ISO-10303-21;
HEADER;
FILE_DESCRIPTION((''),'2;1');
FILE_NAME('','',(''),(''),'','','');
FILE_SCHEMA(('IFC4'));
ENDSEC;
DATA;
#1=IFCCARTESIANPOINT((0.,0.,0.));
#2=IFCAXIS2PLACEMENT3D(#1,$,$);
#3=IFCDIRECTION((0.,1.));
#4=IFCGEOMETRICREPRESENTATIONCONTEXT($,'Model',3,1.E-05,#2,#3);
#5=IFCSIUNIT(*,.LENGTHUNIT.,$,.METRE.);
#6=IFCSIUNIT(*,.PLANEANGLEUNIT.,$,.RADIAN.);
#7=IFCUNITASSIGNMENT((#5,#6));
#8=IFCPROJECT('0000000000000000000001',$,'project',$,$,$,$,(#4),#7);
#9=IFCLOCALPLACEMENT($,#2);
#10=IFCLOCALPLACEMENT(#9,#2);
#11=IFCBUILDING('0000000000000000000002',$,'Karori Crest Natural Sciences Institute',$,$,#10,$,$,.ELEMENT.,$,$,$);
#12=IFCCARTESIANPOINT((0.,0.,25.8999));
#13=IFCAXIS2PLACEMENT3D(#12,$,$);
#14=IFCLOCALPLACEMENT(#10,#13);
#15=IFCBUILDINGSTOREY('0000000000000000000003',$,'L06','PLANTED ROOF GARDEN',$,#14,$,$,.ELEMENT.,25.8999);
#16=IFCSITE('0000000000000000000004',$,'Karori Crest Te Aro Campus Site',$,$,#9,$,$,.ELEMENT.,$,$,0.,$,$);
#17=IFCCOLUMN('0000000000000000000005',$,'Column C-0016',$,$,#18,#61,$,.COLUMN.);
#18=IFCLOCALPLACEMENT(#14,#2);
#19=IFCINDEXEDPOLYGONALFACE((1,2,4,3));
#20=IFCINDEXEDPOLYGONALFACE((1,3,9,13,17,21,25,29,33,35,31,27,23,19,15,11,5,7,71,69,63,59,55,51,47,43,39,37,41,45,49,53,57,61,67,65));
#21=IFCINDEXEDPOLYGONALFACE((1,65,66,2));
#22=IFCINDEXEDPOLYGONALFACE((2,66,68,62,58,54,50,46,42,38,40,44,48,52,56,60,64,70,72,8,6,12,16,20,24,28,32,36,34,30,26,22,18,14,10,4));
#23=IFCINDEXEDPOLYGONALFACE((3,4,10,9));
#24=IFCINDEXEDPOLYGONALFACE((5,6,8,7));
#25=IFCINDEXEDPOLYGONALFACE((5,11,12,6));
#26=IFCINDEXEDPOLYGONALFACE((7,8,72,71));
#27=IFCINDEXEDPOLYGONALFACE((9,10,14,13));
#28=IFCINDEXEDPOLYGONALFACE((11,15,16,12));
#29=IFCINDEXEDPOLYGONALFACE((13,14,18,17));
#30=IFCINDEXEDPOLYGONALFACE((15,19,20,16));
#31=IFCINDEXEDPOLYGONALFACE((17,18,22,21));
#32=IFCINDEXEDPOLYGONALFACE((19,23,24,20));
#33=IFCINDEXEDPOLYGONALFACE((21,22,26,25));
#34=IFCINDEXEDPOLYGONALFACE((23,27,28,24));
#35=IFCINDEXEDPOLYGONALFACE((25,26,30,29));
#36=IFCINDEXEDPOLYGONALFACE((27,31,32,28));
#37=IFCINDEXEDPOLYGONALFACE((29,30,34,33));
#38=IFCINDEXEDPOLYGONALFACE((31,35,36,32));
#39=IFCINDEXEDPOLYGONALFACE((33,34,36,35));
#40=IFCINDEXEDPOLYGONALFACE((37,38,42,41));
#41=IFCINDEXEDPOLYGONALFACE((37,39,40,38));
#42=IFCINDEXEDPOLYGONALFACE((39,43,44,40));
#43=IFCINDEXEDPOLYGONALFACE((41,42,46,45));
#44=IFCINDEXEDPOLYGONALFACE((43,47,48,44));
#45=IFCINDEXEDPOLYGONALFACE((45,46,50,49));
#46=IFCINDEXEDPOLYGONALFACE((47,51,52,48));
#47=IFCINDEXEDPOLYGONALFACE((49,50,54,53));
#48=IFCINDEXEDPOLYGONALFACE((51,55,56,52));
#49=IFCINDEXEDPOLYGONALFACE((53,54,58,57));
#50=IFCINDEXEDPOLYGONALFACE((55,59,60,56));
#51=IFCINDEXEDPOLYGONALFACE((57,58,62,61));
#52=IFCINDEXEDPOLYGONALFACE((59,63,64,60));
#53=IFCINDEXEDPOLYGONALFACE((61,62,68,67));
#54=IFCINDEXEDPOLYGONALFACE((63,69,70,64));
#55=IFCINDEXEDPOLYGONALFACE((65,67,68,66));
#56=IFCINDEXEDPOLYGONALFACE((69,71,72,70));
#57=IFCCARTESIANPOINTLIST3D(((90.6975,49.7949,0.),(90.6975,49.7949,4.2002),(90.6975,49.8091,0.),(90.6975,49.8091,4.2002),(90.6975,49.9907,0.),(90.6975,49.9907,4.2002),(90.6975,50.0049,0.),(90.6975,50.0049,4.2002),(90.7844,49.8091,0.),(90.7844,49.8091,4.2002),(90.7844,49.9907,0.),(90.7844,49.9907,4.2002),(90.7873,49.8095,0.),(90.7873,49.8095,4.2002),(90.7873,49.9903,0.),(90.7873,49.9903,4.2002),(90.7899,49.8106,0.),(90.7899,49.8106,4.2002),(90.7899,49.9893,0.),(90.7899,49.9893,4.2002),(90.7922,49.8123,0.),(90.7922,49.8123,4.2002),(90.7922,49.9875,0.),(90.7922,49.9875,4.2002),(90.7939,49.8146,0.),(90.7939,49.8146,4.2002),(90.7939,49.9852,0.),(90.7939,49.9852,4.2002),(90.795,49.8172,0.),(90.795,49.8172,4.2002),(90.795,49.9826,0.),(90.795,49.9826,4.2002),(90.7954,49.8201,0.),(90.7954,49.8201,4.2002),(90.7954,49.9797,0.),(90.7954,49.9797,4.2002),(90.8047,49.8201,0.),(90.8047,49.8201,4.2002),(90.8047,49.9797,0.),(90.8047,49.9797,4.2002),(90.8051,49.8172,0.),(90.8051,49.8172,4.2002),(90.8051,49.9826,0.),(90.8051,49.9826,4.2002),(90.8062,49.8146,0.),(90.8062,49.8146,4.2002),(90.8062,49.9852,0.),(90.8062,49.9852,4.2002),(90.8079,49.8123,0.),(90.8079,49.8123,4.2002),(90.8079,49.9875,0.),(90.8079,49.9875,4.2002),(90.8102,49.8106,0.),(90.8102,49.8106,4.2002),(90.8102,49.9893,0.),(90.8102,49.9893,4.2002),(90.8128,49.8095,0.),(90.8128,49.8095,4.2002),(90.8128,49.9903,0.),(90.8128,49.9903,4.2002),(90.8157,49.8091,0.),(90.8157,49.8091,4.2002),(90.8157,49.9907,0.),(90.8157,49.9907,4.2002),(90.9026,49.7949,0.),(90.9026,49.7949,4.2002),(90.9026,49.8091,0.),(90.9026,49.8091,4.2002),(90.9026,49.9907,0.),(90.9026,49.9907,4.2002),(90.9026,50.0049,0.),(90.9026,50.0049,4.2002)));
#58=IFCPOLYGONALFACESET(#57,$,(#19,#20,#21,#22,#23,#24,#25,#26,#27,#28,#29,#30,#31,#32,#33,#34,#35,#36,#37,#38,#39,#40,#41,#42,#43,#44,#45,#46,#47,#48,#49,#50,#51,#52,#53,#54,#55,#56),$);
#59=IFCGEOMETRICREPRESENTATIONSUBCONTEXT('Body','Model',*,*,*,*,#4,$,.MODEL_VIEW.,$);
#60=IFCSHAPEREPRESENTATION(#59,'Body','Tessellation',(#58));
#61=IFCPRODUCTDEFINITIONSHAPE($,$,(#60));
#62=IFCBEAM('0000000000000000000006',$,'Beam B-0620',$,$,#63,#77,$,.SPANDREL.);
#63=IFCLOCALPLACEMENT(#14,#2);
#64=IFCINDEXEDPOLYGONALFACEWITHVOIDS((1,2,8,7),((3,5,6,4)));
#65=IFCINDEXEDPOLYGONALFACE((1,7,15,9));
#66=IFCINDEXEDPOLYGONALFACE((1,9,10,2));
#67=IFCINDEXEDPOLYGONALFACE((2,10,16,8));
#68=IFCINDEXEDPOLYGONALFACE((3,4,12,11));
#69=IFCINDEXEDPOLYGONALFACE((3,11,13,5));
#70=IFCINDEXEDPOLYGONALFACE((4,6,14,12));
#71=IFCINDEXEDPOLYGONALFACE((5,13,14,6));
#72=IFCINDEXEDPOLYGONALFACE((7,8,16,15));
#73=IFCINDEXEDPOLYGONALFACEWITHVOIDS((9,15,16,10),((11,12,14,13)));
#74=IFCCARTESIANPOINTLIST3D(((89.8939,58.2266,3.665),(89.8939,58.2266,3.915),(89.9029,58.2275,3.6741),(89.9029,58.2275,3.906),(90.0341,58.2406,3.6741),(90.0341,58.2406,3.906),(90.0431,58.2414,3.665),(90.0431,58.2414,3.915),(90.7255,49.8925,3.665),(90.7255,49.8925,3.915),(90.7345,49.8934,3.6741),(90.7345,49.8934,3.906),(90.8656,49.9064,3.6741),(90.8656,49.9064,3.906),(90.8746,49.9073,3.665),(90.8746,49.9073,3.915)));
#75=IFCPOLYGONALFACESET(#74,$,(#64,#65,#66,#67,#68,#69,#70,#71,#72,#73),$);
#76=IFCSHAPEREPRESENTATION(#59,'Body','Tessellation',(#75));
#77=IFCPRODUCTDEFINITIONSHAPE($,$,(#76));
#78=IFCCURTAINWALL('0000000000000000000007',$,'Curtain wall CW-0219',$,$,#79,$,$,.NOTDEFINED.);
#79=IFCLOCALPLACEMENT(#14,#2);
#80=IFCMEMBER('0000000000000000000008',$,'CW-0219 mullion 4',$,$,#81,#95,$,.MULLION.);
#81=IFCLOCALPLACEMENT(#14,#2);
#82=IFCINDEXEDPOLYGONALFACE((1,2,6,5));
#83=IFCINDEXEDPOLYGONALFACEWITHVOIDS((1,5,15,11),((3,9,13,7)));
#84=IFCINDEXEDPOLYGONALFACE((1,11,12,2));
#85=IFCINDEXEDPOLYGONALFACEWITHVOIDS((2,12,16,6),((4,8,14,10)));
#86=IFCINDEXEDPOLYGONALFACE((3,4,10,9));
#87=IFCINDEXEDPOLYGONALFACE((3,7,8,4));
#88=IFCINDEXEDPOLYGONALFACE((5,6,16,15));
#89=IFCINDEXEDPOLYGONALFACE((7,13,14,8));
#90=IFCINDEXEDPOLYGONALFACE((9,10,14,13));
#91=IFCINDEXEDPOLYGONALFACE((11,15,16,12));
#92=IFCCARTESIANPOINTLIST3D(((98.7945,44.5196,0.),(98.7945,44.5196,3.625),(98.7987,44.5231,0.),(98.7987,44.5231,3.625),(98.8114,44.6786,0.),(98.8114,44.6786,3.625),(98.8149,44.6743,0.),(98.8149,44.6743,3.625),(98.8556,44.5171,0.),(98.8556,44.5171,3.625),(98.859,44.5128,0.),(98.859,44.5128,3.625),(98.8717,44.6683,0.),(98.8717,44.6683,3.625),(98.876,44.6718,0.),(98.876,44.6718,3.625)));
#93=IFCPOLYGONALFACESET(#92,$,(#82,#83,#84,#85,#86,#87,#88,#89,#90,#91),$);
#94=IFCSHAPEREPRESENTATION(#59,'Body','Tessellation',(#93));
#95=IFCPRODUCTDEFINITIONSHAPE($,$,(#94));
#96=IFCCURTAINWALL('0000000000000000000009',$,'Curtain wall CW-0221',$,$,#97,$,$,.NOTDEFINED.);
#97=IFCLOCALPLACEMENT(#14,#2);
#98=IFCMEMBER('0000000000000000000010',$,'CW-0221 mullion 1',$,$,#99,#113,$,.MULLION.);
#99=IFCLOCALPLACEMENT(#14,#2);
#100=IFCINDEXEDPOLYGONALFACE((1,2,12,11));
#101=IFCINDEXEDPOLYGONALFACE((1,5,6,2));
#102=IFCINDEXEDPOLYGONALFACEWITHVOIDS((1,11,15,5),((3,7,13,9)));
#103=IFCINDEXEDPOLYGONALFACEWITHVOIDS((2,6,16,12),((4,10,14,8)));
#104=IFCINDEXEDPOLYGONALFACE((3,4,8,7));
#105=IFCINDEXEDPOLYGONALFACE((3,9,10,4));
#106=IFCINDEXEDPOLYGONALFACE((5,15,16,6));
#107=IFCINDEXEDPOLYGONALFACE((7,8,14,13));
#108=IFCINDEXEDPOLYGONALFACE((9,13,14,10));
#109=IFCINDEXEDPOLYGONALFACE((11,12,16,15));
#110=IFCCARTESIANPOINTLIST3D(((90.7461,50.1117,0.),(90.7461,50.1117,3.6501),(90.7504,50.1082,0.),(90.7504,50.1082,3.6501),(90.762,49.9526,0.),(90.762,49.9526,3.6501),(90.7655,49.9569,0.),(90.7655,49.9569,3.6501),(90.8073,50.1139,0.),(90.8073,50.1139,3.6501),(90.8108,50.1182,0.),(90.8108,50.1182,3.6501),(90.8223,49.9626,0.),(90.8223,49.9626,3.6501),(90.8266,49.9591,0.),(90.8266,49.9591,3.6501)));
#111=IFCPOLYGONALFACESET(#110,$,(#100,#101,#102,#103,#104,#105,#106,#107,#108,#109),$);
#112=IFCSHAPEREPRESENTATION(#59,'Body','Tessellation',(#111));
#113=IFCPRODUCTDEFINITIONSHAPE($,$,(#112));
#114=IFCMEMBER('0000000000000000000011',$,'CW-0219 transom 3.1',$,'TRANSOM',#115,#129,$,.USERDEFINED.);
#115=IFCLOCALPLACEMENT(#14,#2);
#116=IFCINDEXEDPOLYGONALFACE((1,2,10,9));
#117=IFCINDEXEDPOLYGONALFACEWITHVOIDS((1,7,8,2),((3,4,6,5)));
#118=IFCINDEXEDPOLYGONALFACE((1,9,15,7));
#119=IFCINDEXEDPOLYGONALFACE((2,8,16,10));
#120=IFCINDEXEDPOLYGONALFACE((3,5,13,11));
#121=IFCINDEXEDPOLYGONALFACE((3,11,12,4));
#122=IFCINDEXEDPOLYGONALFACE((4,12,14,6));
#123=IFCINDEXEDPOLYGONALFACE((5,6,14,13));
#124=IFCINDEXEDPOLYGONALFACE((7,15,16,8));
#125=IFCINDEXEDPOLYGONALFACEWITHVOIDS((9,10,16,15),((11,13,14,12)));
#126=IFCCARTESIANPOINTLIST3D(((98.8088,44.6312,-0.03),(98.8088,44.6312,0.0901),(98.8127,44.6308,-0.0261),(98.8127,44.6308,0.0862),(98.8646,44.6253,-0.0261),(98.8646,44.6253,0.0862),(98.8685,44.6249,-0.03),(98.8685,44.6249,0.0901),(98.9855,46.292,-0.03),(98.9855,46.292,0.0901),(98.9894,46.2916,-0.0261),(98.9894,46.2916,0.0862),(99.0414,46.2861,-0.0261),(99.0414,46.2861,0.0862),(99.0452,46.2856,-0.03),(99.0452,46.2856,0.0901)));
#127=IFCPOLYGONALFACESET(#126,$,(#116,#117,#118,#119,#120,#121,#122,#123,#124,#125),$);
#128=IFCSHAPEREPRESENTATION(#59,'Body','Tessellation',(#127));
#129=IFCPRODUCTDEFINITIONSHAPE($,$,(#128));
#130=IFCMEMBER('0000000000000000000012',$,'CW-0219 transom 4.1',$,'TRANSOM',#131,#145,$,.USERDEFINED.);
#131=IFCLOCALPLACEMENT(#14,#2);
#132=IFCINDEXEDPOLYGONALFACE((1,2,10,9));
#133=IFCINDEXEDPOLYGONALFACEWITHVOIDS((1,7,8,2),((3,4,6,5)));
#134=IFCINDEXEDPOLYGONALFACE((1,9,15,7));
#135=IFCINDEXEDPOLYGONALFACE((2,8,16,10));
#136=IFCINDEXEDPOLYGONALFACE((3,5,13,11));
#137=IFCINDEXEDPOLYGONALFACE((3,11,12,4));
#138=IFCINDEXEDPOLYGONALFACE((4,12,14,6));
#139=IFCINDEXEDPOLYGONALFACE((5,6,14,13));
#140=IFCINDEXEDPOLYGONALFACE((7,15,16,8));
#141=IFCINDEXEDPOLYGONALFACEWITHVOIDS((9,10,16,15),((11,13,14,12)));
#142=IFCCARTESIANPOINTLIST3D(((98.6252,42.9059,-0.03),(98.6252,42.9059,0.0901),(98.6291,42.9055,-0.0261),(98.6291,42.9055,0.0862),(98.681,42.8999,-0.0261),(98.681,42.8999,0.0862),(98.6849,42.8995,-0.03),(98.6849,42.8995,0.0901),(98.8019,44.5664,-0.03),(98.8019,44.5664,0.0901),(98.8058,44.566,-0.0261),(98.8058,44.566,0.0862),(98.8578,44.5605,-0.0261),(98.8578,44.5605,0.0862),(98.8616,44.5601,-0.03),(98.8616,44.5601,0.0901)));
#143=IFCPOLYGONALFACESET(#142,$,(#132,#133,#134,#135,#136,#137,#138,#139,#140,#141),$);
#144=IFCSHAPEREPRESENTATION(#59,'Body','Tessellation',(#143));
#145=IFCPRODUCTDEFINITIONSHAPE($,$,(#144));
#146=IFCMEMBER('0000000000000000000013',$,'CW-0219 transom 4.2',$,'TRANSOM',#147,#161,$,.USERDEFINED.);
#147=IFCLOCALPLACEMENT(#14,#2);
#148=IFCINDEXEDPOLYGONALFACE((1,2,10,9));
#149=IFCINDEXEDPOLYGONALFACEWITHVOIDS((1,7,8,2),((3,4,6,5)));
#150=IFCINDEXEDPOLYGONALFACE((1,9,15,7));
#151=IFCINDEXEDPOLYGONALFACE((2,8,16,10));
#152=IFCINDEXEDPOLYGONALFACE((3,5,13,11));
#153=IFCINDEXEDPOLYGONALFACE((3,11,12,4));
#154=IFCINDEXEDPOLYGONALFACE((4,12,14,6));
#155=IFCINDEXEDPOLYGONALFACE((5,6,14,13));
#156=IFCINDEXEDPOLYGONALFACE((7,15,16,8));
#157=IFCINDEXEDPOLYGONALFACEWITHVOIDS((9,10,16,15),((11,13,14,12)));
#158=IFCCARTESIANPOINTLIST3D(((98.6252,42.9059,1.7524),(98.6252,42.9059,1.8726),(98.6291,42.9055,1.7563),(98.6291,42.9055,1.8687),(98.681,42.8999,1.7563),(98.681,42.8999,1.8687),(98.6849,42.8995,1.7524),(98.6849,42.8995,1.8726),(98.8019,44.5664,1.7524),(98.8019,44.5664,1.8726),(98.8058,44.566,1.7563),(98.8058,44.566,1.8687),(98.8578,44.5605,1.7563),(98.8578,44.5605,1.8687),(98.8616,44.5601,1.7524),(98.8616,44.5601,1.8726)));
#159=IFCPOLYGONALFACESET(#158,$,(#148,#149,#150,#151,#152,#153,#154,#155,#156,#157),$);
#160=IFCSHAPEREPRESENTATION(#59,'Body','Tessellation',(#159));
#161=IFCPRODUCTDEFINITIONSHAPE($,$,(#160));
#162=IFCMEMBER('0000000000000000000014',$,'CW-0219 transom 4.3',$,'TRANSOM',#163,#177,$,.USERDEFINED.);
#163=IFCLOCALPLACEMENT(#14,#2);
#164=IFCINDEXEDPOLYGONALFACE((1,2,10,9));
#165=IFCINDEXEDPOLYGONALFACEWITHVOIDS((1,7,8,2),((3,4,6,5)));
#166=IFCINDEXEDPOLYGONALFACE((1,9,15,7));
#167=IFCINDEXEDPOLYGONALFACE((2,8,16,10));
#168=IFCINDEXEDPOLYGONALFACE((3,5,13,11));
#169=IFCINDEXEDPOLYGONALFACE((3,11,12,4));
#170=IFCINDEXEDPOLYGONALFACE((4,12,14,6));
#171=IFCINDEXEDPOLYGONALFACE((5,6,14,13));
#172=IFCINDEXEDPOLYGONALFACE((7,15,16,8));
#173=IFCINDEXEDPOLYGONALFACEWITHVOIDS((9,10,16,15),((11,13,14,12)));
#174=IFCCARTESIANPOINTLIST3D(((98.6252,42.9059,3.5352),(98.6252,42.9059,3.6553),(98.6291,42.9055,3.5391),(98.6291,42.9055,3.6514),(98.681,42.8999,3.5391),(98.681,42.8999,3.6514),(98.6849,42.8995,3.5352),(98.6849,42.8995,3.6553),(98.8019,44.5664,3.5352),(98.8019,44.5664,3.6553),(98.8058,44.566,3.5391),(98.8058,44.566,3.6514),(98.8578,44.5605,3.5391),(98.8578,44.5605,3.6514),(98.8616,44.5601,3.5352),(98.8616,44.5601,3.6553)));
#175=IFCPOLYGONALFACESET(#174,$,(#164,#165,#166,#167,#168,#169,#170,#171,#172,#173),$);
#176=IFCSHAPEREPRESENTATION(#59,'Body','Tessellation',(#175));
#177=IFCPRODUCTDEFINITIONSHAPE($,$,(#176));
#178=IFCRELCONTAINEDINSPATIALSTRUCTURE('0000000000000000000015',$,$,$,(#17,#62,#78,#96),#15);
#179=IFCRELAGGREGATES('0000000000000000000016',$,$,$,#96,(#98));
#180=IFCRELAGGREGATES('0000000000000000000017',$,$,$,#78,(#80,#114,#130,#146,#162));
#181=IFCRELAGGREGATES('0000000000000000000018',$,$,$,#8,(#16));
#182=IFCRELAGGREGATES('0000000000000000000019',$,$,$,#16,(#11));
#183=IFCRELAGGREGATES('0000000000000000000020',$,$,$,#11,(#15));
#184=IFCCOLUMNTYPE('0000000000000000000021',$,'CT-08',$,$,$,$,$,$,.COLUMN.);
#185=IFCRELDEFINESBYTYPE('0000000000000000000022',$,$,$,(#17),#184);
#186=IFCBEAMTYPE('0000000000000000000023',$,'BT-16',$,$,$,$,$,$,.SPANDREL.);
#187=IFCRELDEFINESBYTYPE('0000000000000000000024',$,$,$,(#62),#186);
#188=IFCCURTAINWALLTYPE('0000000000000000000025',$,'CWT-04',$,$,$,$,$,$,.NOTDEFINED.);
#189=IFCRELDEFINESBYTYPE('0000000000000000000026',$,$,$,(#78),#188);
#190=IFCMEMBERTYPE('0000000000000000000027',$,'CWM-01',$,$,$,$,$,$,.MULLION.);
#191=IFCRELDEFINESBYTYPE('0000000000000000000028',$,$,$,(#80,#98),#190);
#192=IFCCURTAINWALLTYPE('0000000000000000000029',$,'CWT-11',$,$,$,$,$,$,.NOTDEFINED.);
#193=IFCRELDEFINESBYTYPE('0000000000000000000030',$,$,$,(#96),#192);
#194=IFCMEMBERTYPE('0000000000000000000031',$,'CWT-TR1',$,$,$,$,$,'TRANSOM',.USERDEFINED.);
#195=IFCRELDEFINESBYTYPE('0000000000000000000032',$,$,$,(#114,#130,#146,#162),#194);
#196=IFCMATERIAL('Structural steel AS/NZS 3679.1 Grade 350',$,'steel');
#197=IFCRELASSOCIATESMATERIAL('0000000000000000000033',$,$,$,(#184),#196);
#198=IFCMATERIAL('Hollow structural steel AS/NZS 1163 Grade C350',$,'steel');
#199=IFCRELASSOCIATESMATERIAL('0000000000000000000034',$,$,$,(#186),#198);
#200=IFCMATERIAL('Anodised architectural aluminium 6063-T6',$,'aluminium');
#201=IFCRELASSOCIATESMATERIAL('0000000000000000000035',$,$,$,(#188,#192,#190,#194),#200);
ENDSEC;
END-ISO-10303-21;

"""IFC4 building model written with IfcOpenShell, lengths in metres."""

from ifc_helpers import new_model, si_unit, direction, frame, origin, origin_2d, place, context, subcontext, project, spatial, hollow_rectangle, i_section, extrude, material, material_profile, profile_set, type_object, element, aggregate, save


model = new_model("IFC4")

# Units and contexts
model_context = context("Model", 3, precision=1e-05, world=origin(), true_north=direction((0.0, 1.0)))
body_context = subcontext(model_context, "Body", "Model", "MODEL_VIEW")
ifc_project = project(units=[si_unit("LENGTHUNIT", "METRE"), si_unit("PLANEANGLEUNIT", "RADIAN")], contexts=[model_context])

# Site, building, storey
site_placement = place(None, origin())
site = spatial("IfcSite", under=ifc_project, at=site_placement, Name="Karori Crest Te Aro Campus Site", CompositionType="ELEMENT", RefElevation=0.0)
building_placement = place(site_placement, origin())
building = spatial("IfcBuilding", under=site, at=building_placement, Name="Karori Crest Natural Sciences Institute", CompositionType="ELEMENT")
storey_placement = place(building_placement, frame((0.0, 0.0, 25.8999)))
storey = spatial("IfcBuildingStorey", under=building, at=storey_placement, Name="L06", Description="PLANTED ROOF GARDEN", CompositionType="ELEMENT", Elevation=25.8999)

# Column
ifc_material_1 = material(Name="Structural steel AS/NZS 3679.1 Grade 350", Category="steel")
ifc_material_profile_1 = material_profile(ifc_material_1, i_section(OverallWidth=0.2051, OverallDepth=0.21, WebThickness=0.0093, FlangeThickness=0.0142, FilletRadius=0.011, at=origin_2d()), Name="200UC59.5")
ifc_profile_set_1 = profile_set([ifc_material_profile_1], Name="Structural steel AS/NZS 3679.1 Grade 350")
column_type = type_object("IfcColumnType", Name="CT-08", PredefinedType="COLUMN", material=ifc_profile_set_1)
column_placement = place(storey_placement, frame((90.8, 49.8999, 0.0), z_axis=(0.0, 0.0, 1.0), x_axis=(1.0, 0.0, 0.0)))
element("IfcColumn", 1, at=column_placement, inside=storey, type_object=column_type, Name="Column C-0016", PredefinedType="COLUMN", context=body_context, shape_type="SweptSolid", body=[
    extrude(i_section(OverallWidth=0.2051, OverallDepth=0.21, WebThickness=0.0093, FlangeThickness=0.0142, FilletRadius=0.011, at=origin_2d()), origin(), (0.0, 0.0, 1.0), 4.2002),
])

# Beam
ifc_material_2 = material(Name="Hollow structural steel AS/NZS 1163 Grade C350", Category="steel")
ifc_material_profile_2 = material_profile(ifc_material_2, hollow_rectangle(XDim=0.1499, YDim=0.25, WallThickness=0.009, at=origin_2d()), Name="RHS250x150x9")
ifc_profile_set_2 = profile_set([ifc_material_profile_2], Name="Hollow structural steel AS/NZS 1163 Grade C350")
beam_type = type_object("IfcBeamType", Name="BT-16", PredefinedType="SPANDREL", material=ifc_profile_set_2)
beam_placement = place(storey_placement, frame((90.8, 49.8999, 3.79), z_axis=(-0.099284, 0.995059, 0.0), x_axis=(-0.995059, -0.099284, 0.0)))
element("IfcBeam", 2, at=beam_placement, inside=storey, type_object=beam_type, Name="Beam B-0620", PredefinedType="SPANDREL", context=body_context, shape_type="SweptSolid", body=[
    extrude(hollow_rectangle(XDim=0.1499, YDim=0.25, WallThickness=0.009, at=origin_2d()), origin(), (0.0, 0.0, 1.0), 8.3755),
])

# Curtain walls, members
ifc_material_3 = material(Name="Anodised architectural aluminium 6063-T6", Category="aluminium")
curtain_wall_type_1 = type_object("IfcCurtainWallType", Name="CWT-04", PredefinedType="NOTDEFINED", material=ifc_material_3)
curtain_wall_1_placement = place(storey_placement, origin())
curtain_wall_1 = element("IfcCurtainWall", 3, at=curtain_wall_1_placement, inside=storey, type_object=curtain_wall_type_1, Name="Curtain wall CW-0219", PredefinedType="NOTDEFINED")
ifc_material_profile_3 = material_profile(ifc_material_3, hollow_rectangle(XDim=0.0649, YDim=0.1599, WallThickness=0.0039, at=origin_2d()), Name="CWM160x65x4")
ifc_profile_set_3 = profile_set([ifc_material_profile_3], Name="Anodised architectural aluminium 6063-T6")
member_type_1 = type_object("IfcMemberType", Name="CWM-01", PredefinedType="MULLION", material=ifc_profile_set_3)
member_1_placement = place(storey_placement, frame((98.8352, 44.5957, 0.0), z_axis=(0.0, 0.0, 1.0), x_axis=(0.994378, -0.105886, 0.0)))
member_1 = element("IfcMember", 4, at=member_1_placement, type_object=member_type_1, Name="CW-0219 mullion 4", PredefinedType="MULLION", context=body_context, shape_type="SweptSolid", body=[
    extrude(hollow_rectangle(XDim=0.0649, YDim=0.1599, WallThickness=0.0039, at=origin_2d()), origin(), (0.0, 0.0, 1.0), 3.625),
])
curtain_wall_type_2 = type_object("IfcCurtainWallType", Name="CWT-11", PredefinedType="NOTDEFINED", material=ifc_material_3)
curtain_wall_2_placement = place(storey_placement, origin())
curtain_wall_2 = element("IfcCurtainWall", 5, at=curtain_wall_2_placement, inside=storey, type_object=curtain_wall_type_2, Name="Curtain wall CW-0221", PredefinedType="NOTDEFINED")
member_2_placement = place(storey_placement, frame((90.7864, 50.0354, 0.0), z_axis=(0.0, 0.0, 1.0), x_axis=(-0.995061, -0.099268, 0.0)))
member_2 = element("IfcMember", 6, at=member_2_placement, type_object=member_type_1, Name="CW-0221 mullion 1", PredefinedType="MULLION", context=body_context, shape_type="SweptSolid", body=[
    extrude(hollow_rectangle(XDim=0.0649, YDim=0.1599, WallThickness=0.0039, at=origin_2d()), origin(), (0.0, 0.0, 1.0), 3.6501),
])

# Members
ifc_material_profile_4 = material_profile(ifc_material_3, hollow_rectangle(XDim=0.0601, YDim=0.1201, WallThickness=0.0039, at=origin_2d()), Name="CWT120x60x4")
ifc_profile_set_4 = profile_set([ifc_material_profile_4], Name="Anodised architectural aluminium 6063-T6")
member_type_2 = type_object("IfcMemberType", Name="CWT-TR1", ElementType="TRANSOM", PredefinedType="USERDEFINED", material=ifc_profile_set_4)
member_3_placement = place(storey_placement, frame((99.0154, 46.2888, 0.03), z_axis=(-0.105826, -0.994385, 0.0), x_axis=(0.994385, -0.105826, 0.0)))
member_3 = element("IfcMember", 7, at=member_3_placement, type_object=member_type_2, Name="CW-0219 transom 3.1", ObjectType="TRANSOM", PredefinedType="USERDEFINED", context=body_context, shape_type="SweptSolid", body=[
    extrude(hollow_rectangle(XDim=0.0601, YDim=0.1201, WallThickness=0.0039, at=origin_2d()), origin(), (0.0, 0.0, 1.0), 1.6702),
])
member_4_placement = place(storey_placement, frame((98.8318, 44.5632, 0.03), z_axis=(-0.105841, -0.994383, 0.0), x_axis=(0.994383, -0.105841, 0.0)))
member_4 = element("IfcMember", 8, at=member_4_placement, type_object=member_type_2, Name="CW-0219 transom 4.1", ObjectType="TRANSOM", PredefinedType="USERDEFINED", context=body_context, shape_type="SweptSolid", body=[
    extrude(hollow_rectangle(XDim=0.0601, YDim=0.1201, WallThickness=0.0039, at=origin_2d()), origin(), (0.0, 0.0, 1.0), 1.6699),
])
member_5_placement = place(storey_placement, frame((98.8318, 44.5632, 1.8125), z_axis=(-0.105841, -0.994383, 0.0), x_axis=(0.994383, -0.105841, 0.0)))
member_5 = element("IfcMember", 9, at=member_5_placement, type_object=member_type_2, Name="CW-0219 transom 4.2", ObjectType="TRANSOM", PredefinedType="USERDEFINED", context=body_context, shape_type="SweptSolid", body=[
    extrude(hollow_rectangle(XDim=0.0601, YDim=0.1201, WallThickness=0.0039, at=origin_2d()), origin(), (0.0, 0.0, 1.0), 1.6699),
])
member_6_placement = place(storey_placement, frame((98.8318, 44.5632, 3.5952), z_axis=(-0.105841, -0.994383, 0.0), x_axis=(0.994383, -0.105841, 0.0)))
member_6 = element("IfcMember", 10, at=member_6_placement, type_object=member_type_2, Name="CW-0219 transom 4.3", ObjectType="TRANSOM", PredefinedType="USERDEFINED", context=body_context, shape_type="SweptSolid", body=[
    extrude(hollow_rectangle(XDim=0.0601, YDim=0.1201, WallThickness=0.0039, at=origin_2d()), origin(), (0.0, 0.0, 1.0), 1.6699),
])

aggregate(curtain_wall_2, [member_2])
aggregate(curtain_wall_1, [member_1, member_3, member_4, member_5, member_6])

save(model, "model.ifc")
